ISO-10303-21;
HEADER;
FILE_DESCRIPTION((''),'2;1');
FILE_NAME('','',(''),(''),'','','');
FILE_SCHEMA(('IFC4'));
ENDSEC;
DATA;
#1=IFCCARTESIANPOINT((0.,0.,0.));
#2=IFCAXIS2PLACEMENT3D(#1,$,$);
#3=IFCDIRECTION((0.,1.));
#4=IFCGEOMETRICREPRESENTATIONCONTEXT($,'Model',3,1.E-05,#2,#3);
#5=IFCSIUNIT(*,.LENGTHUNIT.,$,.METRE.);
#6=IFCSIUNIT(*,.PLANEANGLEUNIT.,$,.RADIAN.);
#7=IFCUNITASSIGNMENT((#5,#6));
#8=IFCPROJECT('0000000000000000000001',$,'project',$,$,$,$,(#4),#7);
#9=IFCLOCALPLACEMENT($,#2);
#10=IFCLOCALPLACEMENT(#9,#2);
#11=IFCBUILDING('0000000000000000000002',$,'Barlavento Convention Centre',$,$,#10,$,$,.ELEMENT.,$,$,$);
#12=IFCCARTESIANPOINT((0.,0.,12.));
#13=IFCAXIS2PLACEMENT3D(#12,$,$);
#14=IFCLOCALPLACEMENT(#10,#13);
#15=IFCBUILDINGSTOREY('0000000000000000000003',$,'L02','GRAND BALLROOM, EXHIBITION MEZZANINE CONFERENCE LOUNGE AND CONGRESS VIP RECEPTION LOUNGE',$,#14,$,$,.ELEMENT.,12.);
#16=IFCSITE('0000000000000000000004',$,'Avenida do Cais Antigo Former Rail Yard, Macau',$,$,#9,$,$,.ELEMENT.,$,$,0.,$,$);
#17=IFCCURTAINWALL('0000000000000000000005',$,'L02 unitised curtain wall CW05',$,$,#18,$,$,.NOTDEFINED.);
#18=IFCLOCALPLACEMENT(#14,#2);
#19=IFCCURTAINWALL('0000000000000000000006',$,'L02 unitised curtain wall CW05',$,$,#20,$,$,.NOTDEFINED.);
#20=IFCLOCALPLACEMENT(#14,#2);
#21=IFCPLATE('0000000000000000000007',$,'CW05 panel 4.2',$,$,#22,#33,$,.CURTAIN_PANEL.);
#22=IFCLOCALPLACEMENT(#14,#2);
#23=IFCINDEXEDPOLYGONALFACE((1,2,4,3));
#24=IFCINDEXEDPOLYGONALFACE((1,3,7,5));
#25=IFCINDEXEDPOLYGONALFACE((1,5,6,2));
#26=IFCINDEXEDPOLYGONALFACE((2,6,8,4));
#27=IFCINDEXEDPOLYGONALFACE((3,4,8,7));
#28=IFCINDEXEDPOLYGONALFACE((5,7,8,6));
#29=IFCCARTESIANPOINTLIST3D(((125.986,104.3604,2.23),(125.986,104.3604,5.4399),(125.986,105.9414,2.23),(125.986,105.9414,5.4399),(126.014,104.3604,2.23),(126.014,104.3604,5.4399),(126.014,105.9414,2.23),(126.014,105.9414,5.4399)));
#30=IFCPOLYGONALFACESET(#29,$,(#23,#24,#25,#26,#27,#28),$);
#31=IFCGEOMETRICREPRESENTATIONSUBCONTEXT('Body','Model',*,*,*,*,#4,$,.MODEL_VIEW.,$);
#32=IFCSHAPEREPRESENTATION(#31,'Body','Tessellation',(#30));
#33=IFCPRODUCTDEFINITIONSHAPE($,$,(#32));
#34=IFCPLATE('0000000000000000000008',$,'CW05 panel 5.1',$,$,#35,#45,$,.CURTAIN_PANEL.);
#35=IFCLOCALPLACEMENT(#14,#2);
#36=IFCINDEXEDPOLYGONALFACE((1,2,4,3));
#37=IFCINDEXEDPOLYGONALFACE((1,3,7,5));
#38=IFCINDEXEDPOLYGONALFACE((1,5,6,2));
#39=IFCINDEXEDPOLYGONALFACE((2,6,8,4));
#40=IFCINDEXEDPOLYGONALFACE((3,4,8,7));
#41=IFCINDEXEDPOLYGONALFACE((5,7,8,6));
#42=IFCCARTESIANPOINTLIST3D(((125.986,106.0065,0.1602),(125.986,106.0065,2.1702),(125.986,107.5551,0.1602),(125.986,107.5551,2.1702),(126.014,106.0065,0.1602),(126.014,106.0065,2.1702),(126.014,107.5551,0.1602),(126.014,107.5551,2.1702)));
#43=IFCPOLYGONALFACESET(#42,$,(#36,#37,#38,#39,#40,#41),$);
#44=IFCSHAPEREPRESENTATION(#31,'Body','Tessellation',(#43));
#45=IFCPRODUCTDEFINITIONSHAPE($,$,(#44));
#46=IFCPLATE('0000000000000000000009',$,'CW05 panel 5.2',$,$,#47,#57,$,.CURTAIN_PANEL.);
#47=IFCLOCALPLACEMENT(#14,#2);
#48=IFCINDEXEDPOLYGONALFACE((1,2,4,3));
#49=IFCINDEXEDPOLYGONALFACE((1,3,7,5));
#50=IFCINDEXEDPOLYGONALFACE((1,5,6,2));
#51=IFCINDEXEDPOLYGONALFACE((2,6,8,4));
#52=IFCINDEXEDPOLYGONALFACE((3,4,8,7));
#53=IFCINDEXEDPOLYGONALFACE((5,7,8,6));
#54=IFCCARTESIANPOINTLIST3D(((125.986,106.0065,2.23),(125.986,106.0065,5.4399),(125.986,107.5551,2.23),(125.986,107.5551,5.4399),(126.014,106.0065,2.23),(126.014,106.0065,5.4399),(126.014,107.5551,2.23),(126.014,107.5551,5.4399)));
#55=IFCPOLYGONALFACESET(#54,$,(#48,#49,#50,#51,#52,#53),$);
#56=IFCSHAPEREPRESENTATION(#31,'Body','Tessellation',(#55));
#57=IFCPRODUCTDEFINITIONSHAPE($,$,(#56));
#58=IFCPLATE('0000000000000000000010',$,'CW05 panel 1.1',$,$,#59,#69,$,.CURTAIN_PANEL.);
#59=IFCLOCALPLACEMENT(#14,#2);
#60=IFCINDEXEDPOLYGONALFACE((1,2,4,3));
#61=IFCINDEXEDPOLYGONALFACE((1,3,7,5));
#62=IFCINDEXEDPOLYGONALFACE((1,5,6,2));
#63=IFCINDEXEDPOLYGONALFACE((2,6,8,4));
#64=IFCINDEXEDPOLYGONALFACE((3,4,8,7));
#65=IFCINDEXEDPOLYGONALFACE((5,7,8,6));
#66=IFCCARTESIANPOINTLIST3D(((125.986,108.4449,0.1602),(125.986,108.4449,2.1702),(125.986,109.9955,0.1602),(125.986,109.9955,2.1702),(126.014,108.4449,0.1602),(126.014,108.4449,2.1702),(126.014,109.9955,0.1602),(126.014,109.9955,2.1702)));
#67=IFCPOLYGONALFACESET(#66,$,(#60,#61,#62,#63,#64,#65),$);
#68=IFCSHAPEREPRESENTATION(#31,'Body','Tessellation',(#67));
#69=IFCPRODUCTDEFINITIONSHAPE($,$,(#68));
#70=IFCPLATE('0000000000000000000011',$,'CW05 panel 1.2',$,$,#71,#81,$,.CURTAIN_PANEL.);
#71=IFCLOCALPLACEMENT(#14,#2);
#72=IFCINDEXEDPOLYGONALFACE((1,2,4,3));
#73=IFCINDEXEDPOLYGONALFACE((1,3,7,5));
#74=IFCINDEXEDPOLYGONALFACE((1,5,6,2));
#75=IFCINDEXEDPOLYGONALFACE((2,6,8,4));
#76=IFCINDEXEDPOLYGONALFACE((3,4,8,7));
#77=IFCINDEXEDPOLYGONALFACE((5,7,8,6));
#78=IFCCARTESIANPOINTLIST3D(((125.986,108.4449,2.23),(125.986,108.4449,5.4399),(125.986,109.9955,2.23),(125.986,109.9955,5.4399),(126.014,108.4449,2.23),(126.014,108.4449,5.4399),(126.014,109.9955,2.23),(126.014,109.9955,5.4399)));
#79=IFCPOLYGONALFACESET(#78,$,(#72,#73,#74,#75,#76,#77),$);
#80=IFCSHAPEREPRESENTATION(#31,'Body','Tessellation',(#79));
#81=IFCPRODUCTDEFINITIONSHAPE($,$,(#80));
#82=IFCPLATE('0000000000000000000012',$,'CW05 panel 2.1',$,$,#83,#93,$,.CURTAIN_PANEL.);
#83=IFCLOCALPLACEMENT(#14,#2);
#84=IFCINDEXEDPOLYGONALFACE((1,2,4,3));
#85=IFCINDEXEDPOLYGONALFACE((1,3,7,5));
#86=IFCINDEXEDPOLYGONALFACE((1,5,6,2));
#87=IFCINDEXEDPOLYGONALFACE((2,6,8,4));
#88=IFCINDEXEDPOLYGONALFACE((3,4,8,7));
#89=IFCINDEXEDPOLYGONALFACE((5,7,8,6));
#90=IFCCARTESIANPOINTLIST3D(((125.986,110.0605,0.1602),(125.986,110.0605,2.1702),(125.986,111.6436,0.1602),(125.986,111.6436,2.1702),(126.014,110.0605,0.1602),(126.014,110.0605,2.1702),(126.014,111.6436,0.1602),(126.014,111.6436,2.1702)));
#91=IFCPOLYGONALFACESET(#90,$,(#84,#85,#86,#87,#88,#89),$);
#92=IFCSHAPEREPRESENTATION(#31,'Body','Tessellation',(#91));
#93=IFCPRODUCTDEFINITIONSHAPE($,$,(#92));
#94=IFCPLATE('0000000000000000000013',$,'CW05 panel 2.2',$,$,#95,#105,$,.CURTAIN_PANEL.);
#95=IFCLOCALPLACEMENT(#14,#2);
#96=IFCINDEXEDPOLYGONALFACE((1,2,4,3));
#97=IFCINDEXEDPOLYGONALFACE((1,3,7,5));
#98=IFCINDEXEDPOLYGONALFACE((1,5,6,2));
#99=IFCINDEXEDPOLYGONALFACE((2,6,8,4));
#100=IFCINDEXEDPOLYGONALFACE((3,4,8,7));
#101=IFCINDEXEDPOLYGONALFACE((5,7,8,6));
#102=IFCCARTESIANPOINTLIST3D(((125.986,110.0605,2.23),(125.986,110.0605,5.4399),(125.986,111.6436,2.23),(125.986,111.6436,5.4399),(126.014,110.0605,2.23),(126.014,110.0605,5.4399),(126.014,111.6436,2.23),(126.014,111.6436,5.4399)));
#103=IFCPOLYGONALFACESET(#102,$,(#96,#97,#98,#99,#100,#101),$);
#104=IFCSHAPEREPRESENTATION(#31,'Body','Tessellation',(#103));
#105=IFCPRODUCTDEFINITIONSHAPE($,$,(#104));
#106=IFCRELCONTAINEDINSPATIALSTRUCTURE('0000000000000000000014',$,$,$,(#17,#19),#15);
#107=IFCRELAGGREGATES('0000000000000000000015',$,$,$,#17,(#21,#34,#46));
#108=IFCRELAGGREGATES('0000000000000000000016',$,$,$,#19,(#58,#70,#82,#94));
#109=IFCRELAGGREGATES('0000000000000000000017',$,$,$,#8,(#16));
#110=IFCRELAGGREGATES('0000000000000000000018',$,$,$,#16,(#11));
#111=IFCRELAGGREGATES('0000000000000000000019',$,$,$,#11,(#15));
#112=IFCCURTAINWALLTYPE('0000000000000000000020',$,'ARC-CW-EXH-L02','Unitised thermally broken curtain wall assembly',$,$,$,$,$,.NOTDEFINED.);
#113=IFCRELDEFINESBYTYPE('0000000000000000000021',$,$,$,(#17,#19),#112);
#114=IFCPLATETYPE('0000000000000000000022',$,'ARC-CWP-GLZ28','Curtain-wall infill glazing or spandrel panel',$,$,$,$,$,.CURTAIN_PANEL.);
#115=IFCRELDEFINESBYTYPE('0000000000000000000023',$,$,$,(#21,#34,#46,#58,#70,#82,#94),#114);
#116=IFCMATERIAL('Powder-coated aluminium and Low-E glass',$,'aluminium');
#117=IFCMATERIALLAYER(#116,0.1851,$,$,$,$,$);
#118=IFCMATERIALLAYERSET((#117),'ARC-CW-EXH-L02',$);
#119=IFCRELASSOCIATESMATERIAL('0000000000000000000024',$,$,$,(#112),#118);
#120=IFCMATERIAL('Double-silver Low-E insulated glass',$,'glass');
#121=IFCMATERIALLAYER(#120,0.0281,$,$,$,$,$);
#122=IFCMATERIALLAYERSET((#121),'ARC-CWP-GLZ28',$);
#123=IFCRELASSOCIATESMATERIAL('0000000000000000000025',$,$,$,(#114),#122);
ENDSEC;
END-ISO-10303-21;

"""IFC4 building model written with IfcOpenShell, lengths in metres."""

from ifc_helpers import new_model, si_unit, direction, frame, origin, origin_2d, place, context, subcontext, project, spatial, rectangle, extrude, material, layer, layer_set, type_object, element, aggregate, save


model = new_model("IFC4")

# Units and contexts
model_context = context("Model", 3, precision=1e-05, world=origin(), true_north=direction((0.0, 1.0)))
body_context = subcontext(model_context, "Body", "Model", "MODEL_VIEW")
ifc_project = project(units=[si_unit("LENGTHUNIT", "METRE"), si_unit("PLANEANGLEUNIT", "RADIAN")], contexts=[model_context])

# Site, building, storey
site_placement = place(None, origin())
site = spatial("IfcSite", under=ifc_project, at=site_placement, Name="Avenida do Cais Antigo Former Rail Yard, Macau", CompositionType="ELEMENT", RefElevation=0.0)
building_placement = place(site_placement, origin())
building = spatial("IfcBuilding", under=site, at=building_placement, Name="Barlavento Convention Centre", CompositionType="ELEMENT")
storey_placement = place(building_placement, frame((0.0, 0.0, 12.0)))
storey = spatial("IfcBuildingStorey", under=building, at=storey_placement, Name="L02", Description="GRAND BALLROOM, EXHIBITION MEZZANINE CONFERENCE LOUNGE AND CONGRESS VIP RECEPTION LOUNGE", CompositionType="ELEMENT", Elevation=12.0)

# Curtain walls
ifc_material_1 = material(Name="Powder-coated aluminium and Low-E glass", Category="aluminium")
ifc_layer_1 = layer(ifc_material_1, 0.1851)
ifc_layer_set_1 = layer_set([ifc_layer_1], Name="ARC-CW-EXH-L02")
curtain_wall_type = type_object("IfcCurtainWallType", Name="ARC-CW-EXH-L02", Description="Unitised thermally broken curtain wall assembly", PredefinedType="NOTDEFINED", material=ifc_layer_set_1)
curtain_wall_1_placement = place(storey_placement, origin())
curtain_wall_1 = element("IfcCurtainWall", 1, at=curtain_wall_1_placement, inside=storey, type_object=curtain_wall_type, Name="L02 unitised curtain wall CW05", PredefinedType="NOTDEFINED")
curtain_wall_2_placement = place(storey_placement, origin())
curtain_wall_2 = element("IfcCurtainWall", 2, at=curtain_wall_2_placement, inside=storey, type_object=curtain_wall_type, Name="L02 unitised curtain wall CW05", PredefinedType="NOTDEFINED")

# Plates
ifc_material_2 = material(Name="Double-silver Low-E insulated glass", Category="glass")
ifc_layer_2 = layer(ifc_material_2, 0.0281)
ifc_layer_set_2 = layer_set([ifc_layer_2], Name="ARC-CWP-GLZ28")
plate_type = type_object("IfcPlateType", Name="ARC-CWP-GLZ28", Description="Curtain-wall infill glazing or spandrel panel", PredefinedType="CURTAIN_PANEL", material=ifc_layer_set_2)
plate_1_placement = place(storey_placement, frame((126.0, 105.1509, 2.23), z_axis=(0.0, 0.0, 1.0), x_axis=(0.0, 1.0, 0.0)))
plate_1 = element("IfcPlate", 3, at=plate_1_placement, type_object=plate_type, Name="CW05 panel 4.2", PredefinedType="CURTAIN_PANEL", context=body_context, shape_type="SweptSolid", body=[
    extrude(rectangle(XDim=1.5811, YDim=0.0281, at=origin_2d()), origin(), (0.0, 0.0, 1.0), 3.21),
])
plate_2_placement = place(storey_placement, frame((126.0, 106.7808, 0.1602), z_axis=(0.0, 0.0, 1.0), x_axis=(0.0, 1.0, 0.0)))
plate_2 = element("IfcPlate", 4, at=plate_2_placement, type_object=plate_type, Name="CW05 panel 5.1", PredefinedType="CURTAIN_PANEL", context=body_context, shape_type="SweptSolid", body=[
    extrude(rectangle(XDim=1.5486, YDim=0.0281, at=origin_2d()), origin(), (0.0, 0.0, 1.0), 2.01),
])
plate_3_placement = place(storey_placement, frame((126.0, 106.7808, 2.23), z_axis=(0.0, 0.0, 1.0), x_axis=(0.0, 1.0, 0.0)))
plate_3 = element("IfcPlate", 5, at=plate_3_placement, type_object=plate_type, Name="CW05 panel 5.2", PredefinedType="CURTAIN_PANEL", context=body_context, shape_type="SweptSolid", body=[
    extrude(rectangle(XDim=1.5486, YDim=0.0281, at=origin_2d()), origin(), (0.0, 0.0, 1.0), 3.21),
])
aggregate(curtain_wall_1, [plate_1, plate_2, plate_3])
plate_4_placement = place(storey_placement, frame((126.0, 109.2202, 0.1602), z_axis=(0.0, 0.0, 1.0), x_axis=(0.0, 1.0, 0.0)))
plate_4 = element("IfcPlate", 6, at=plate_4_placement, type_object=plate_type, Name="CW05 panel 1.1", PredefinedType="CURTAIN_PANEL", context=body_context, shape_type="SweptSolid", body=[
    extrude(rectangle(XDim=1.5505, YDim=0.0281, at=origin_2d()), origin(), (0.0, 0.0, 1.0), 2.01),
])
plate_5_placement = place(storey_placement, frame((126.0, 109.2202, 2.23), z_axis=(0.0, 0.0, 1.0), x_axis=(0.0, 1.0, 0.0)))
plate_5 = element("IfcPlate", 7, at=plate_5_placement, type_object=plate_type, Name="CW05 panel 1.2", PredefinedType="CURTAIN_PANEL", context=body_context, shape_type="SweptSolid", body=[
    extrude(rectangle(XDim=1.5505, YDim=0.0281, at=origin_2d()), origin(), (0.0, 0.0, 1.0), 3.21),
])
plate_6_placement = place(storey_placement, frame((126.0, 110.8521, 0.1602), z_axis=(0.0, 0.0, 1.0), x_axis=(0.0, 1.0, 0.0)))
plate_6 = element("IfcPlate", 8, at=plate_6_placement, type_object=plate_type, Name="CW05 panel 2.1", PredefinedType="CURTAIN_PANEL", context=body_context, shape_type="SweptSolid", body=[
    extrude(rectangle(XDim=1.583, YDim=0.0281, at=origin_2d()), origin(), (0.0, 0.0, 1.0), 2.01),
])
plate_7_placement = place(storey_placement, frame((126.0, 110.8521, 2.23), z_axis=(0.0, 0.0, 1.0), x_axis=(0.0, 1.0, 0.0)))
plate_7 = element("IfcPlate", 9, at=plate_7_placement, type_object=plate_type, Name="CW05 panel 2.2", PredefinedType="CURTAIN_PANEL", context=body_context, shape_type="SweptSolid", body=[
    extrude(rectangle(XDim=1.583, YDim=0.0281, at=origin_2d()), origin(), (0.0, 0.0, 1.0), 3.21),
])
aggregate(curtain_wall_2, [plate_4, plate_5, plate_6, plate_7])

save(model, "model.ifc")
